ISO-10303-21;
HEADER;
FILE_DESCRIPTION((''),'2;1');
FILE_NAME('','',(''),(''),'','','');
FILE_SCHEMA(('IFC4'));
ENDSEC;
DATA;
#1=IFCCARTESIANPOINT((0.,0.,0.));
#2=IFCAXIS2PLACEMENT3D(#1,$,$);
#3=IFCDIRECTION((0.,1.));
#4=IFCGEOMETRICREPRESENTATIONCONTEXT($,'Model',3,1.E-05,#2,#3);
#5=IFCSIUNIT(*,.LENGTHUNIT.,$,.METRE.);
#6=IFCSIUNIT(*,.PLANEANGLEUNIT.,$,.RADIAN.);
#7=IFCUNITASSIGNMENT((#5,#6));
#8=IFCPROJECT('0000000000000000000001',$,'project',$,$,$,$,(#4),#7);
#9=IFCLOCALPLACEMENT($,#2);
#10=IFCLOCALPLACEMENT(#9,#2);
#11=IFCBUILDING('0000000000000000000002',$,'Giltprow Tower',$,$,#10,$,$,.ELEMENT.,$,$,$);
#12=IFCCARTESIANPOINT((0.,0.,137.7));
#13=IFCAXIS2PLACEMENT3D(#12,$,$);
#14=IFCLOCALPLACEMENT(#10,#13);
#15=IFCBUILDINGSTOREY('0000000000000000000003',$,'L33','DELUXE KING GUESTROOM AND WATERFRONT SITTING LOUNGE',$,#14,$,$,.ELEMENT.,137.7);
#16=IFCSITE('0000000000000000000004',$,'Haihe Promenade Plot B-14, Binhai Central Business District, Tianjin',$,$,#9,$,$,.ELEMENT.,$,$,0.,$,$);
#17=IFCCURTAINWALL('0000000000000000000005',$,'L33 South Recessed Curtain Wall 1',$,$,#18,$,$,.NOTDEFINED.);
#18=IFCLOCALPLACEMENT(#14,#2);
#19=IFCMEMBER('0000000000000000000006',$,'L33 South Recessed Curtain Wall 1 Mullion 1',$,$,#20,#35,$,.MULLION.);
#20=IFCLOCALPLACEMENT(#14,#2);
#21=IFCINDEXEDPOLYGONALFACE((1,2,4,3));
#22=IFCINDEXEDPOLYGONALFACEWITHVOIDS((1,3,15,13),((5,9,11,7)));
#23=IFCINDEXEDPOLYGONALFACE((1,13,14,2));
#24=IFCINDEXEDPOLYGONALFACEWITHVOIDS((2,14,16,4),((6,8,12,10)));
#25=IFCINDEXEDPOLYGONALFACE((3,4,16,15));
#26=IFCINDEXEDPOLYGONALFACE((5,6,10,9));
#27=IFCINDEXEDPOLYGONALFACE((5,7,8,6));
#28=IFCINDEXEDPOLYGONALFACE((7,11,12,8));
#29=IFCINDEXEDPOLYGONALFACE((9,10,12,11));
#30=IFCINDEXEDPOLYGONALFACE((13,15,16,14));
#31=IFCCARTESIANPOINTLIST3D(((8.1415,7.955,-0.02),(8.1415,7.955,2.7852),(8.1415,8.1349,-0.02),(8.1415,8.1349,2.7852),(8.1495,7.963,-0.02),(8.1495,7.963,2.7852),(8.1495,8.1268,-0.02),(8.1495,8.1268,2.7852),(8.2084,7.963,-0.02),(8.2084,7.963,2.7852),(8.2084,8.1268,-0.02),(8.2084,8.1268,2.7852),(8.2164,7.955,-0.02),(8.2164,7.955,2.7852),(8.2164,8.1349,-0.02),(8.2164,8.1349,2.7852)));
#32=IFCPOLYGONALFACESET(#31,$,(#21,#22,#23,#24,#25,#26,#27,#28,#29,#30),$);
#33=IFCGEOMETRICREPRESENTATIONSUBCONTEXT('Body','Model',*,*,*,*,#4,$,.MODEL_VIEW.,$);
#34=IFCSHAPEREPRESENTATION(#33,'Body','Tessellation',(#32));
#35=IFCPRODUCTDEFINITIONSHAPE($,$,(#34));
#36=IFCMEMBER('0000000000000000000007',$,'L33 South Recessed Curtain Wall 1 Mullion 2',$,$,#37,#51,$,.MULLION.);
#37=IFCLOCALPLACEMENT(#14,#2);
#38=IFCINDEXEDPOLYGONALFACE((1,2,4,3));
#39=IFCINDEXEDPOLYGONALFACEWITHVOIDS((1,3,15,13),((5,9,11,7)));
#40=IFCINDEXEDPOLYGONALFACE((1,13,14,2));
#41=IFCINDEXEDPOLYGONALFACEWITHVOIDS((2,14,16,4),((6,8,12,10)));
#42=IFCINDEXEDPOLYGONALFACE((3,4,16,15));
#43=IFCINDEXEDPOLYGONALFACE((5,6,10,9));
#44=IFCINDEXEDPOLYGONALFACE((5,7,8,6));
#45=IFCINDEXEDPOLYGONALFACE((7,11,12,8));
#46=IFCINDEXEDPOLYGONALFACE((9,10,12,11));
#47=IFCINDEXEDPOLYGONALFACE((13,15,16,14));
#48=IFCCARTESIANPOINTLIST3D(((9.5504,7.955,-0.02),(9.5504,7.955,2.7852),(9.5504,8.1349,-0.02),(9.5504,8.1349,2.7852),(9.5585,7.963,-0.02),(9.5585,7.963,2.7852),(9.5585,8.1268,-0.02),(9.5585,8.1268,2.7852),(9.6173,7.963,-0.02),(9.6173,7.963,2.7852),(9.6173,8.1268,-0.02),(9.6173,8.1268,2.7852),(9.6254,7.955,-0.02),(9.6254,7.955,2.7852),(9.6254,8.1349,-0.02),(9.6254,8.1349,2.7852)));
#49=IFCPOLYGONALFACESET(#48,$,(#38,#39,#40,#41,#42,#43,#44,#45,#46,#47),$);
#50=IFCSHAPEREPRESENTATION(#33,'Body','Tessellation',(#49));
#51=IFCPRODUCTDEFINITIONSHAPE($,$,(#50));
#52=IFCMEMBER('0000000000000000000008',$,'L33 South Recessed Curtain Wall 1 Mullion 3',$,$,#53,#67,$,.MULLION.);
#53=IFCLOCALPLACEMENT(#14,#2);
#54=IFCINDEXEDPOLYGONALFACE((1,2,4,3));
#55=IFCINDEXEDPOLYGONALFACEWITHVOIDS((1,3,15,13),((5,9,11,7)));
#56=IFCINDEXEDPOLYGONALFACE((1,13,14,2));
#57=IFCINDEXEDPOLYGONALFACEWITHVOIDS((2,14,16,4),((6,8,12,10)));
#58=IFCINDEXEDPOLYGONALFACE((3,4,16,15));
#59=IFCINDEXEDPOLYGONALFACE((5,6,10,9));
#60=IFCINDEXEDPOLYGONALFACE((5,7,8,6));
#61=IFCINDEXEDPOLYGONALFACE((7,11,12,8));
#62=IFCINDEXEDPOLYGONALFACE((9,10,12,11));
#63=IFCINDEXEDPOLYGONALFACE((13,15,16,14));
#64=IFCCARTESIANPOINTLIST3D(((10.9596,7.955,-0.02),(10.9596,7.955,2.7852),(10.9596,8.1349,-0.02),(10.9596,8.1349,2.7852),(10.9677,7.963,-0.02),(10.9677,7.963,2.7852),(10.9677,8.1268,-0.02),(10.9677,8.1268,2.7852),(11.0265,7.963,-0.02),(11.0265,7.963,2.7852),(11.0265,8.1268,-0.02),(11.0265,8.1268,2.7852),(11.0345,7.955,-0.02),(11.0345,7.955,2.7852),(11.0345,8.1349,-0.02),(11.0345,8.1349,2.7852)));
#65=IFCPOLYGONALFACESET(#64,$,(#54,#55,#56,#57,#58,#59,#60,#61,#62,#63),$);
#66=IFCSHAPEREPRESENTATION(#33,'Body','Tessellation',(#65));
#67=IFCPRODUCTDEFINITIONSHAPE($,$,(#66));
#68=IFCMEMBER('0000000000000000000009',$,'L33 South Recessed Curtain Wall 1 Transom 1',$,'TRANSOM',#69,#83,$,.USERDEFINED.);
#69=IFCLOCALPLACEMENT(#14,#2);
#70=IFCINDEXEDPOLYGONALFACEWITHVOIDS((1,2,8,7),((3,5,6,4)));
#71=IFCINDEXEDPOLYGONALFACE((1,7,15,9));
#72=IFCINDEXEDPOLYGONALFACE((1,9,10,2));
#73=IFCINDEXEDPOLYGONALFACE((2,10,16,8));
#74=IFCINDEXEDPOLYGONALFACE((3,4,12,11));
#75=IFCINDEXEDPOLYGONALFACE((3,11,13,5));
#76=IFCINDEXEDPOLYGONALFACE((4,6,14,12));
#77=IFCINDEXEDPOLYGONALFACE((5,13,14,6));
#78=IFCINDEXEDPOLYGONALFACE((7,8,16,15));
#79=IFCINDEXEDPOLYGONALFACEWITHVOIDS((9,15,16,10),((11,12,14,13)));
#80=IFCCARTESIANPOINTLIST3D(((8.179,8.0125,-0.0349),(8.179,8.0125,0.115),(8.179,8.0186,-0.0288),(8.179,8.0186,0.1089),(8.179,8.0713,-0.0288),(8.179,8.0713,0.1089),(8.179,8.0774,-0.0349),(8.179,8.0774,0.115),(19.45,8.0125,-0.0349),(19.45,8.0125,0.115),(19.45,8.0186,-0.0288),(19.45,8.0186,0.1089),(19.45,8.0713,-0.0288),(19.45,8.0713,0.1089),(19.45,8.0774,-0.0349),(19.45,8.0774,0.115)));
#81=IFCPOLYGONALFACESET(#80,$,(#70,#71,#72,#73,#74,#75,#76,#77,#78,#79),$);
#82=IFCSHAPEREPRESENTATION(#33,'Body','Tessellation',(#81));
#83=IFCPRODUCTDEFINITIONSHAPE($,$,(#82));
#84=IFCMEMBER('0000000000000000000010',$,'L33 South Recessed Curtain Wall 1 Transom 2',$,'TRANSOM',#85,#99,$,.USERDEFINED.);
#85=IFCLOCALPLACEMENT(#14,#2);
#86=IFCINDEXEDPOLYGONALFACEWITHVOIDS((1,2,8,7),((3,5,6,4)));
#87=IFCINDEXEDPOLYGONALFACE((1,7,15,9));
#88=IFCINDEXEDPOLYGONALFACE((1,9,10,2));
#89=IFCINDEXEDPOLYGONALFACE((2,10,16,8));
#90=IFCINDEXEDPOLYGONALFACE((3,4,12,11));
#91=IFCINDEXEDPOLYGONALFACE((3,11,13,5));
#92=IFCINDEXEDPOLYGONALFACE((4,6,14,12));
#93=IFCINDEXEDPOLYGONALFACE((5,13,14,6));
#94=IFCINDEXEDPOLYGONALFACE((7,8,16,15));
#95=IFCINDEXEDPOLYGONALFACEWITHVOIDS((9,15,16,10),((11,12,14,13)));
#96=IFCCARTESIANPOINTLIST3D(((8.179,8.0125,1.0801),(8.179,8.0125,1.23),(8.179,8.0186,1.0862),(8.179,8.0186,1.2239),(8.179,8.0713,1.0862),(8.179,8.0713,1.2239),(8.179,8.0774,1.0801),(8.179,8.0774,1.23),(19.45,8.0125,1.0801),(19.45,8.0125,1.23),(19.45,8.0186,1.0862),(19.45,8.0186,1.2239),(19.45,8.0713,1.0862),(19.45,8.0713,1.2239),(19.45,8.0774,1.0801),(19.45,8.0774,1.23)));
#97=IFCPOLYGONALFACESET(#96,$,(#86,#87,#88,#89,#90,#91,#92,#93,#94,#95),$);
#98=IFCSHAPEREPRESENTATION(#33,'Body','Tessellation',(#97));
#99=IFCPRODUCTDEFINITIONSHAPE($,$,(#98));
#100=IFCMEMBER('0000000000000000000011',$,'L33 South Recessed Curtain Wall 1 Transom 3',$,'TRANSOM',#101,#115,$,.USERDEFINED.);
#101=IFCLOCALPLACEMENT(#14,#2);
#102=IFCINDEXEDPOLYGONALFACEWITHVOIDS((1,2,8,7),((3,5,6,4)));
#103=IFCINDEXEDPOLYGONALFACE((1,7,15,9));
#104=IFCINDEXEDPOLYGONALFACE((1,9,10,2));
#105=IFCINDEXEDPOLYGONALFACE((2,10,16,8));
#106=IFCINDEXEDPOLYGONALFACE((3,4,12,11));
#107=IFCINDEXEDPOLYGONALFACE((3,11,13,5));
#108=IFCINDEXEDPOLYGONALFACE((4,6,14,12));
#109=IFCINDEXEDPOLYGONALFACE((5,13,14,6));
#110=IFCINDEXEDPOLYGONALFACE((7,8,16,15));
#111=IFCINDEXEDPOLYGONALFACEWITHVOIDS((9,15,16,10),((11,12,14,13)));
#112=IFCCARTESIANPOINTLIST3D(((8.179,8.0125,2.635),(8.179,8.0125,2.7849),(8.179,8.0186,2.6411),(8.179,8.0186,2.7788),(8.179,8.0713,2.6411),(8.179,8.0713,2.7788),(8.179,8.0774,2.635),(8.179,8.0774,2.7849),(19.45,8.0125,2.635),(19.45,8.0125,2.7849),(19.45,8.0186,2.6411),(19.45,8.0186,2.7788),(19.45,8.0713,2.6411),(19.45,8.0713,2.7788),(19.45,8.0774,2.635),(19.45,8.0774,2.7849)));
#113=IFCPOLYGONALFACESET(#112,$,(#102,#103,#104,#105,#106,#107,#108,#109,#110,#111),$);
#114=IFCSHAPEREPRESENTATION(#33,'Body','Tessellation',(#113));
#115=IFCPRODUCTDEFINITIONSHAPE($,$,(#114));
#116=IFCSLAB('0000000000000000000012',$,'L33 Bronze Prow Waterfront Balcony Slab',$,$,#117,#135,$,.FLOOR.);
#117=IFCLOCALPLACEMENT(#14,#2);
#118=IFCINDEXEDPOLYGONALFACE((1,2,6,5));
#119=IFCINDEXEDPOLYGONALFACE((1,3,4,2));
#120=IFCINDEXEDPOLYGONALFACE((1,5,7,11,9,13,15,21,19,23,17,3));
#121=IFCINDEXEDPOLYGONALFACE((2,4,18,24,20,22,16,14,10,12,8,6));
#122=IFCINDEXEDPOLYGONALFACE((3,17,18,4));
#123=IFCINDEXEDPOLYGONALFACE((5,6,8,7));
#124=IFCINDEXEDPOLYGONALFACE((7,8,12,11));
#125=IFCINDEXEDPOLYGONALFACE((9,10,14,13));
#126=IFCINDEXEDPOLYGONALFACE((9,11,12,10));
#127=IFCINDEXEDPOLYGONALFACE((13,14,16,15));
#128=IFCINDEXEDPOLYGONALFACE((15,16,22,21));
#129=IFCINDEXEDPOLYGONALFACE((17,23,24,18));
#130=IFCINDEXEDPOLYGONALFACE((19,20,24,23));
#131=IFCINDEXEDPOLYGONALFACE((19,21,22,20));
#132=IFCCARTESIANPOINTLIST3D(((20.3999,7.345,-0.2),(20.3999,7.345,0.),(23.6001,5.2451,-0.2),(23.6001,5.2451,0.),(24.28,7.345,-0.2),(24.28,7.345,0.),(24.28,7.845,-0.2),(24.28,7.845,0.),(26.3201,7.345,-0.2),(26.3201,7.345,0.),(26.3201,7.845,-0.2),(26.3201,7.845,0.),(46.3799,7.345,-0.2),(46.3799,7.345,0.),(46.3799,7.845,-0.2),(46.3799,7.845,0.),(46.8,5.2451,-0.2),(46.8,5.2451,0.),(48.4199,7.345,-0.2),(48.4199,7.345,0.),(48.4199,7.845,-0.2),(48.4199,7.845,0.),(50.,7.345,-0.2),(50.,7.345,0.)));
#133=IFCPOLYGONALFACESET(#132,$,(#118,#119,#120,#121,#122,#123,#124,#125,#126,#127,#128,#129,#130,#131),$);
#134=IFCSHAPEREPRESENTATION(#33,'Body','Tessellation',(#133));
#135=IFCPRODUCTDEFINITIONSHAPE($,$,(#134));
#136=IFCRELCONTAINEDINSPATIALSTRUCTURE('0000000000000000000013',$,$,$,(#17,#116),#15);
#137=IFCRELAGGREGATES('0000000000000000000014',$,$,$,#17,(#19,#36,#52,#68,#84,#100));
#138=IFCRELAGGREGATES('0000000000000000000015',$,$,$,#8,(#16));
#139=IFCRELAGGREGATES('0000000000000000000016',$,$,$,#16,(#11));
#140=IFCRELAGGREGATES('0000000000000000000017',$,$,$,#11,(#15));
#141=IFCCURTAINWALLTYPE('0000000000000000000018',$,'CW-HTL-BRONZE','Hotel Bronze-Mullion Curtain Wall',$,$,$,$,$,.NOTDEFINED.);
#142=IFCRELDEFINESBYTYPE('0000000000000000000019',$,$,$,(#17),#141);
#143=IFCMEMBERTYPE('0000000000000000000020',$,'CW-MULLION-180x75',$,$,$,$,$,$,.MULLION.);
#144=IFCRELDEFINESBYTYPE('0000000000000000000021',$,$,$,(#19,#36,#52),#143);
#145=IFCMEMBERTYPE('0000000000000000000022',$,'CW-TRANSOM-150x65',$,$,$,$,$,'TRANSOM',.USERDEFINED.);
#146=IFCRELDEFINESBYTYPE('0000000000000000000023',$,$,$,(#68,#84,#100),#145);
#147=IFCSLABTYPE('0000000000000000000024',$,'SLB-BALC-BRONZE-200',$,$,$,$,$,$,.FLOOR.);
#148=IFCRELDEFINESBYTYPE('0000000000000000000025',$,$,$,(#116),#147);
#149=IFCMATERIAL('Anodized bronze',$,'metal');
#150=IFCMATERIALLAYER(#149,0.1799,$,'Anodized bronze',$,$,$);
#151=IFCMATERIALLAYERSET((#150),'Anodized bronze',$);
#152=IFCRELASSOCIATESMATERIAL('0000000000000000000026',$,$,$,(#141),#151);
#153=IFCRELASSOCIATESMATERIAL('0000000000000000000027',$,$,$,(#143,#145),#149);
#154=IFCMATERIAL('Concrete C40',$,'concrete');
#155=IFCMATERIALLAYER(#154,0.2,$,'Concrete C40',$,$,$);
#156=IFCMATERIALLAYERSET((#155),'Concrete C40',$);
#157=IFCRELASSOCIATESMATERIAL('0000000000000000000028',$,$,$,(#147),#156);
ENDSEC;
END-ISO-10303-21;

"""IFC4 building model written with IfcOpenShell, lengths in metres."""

from ifc_helpers import new_model, si_unit, direction, frame, origin, origin_2d, place, context, subcontext, project, spatial, polyline, hollow_rectangle, outline, extrude, source, transform, mapped, material, layer, layer_set, material_profile, profile_set, type_object, element, aggregate, save


model = new_model("IFC4")

# Units and contexts
model_context = context("Model", 3, precision=1e-05, world=origin(), true_north=direction((0.0, 1.0)))
body_context = subcontext(model_context, "Body", "Model", "MODEL_VIEW")
ifc_project = project(units=[si_unit("LENGTHUNIT", "METRE"), si_unit("PLANEANGLEUNIT", "RADIAN")], contexts=[model_context])

# Site, building, storey
site_placement = place(None, origin())
site = spatial("IfcSite", under=ifc_project, at=site_placement, Name="Haihe Promenade Plot B-14, Binhai Central Business District, Tianjin", CompositionType="ELEMENT", RefElevation=0.0)
building_placement = place(site_placement, origin())
building = spatial("IfcBuilding", under=site, at=building_placement, Name="Giltprow Tower", CompositionType="ELEMENT")
storey_placement = place(building_placement, frame((0.0, 0.0, 137.7)))
storey = spatial("IfcBuildingStorey", under=building, at=storey_placement, Name="L33", Description="DELUXE KING GUESTROOM AND WATERFRONT SITTING LOUNGE", CompositionType="ELEMENT", Elevation=137.7)

# Curtain wall, members
ifc_material_1 = material(Name="Anodized bronze", Category="metal")
ifc_layer_1 = layer(ifc_material_1, 0.1799, Name="Anodized bronze")
ifc_layer_set_1 = layer_set([ifc_layer_1], Name="Anodized bronze")
curtain_wall_type = type_object("IfcCurtainWallType", Name="CW-HTL-BRONZE", Description="Hotel Bronze-Mullion Curtain Wall", PredefinedType="NOTDEFINED", material=ifc_layer_set_1)
curtain_wall_placement = place(storey_placement, origin())
curtain_wall = element("IfcCurtainWall", 1, at=curtain_wall_placement, inside=storey, type_object=curtain_wall_type, Name="L33 South Recessed Curtain Wall 1", PredefinedType="NOTDEFINED")
ifc_material_profile_1 = material_profile(ifc_material_1, hollow_rectangle(XDim=0.075, YDim=0.1799, WallThickness=0.0081, at=origin_2d()), Name="RHS 180x75x8")
ifc_profile_set_1 = profile_set([ifc_material_profile_1], Name="Anodized bronze")
member_type_1 = type_object("IfcMemberType", Name="CW-MULLION-180x75", PredefinedType="MULLION", material=ifc_profile_set_1)
shared_shape_1 = source(origin(), body_context, "Body", "SweptSolid", [
    extrude(hollow_rectangle(XDim=0.075, YDim=0.1799, WallThickness=0.0081, at=origin_2d()), origin(), (0.0, 0.0, 1.0), 2.8052),
])
member_1_placement = place(storey_placement, frame((8.179, 8.0449, -0.02), z_axis=(0.0, 0.0, 1.0), x_axis=(1.0, 0.0, 0.0)))
member_1 = element("IfcMember", 2, at=member_1_placement, type_object=member_type_1, Name="L33 South Recessed Curtain Wall 1 Mullion 1", PredefinedType="MULLION", context=body_context, shape_type="MappedRepresentation", body=[
    mapped(shared_shape_1, transform((0.0, 0.0, 0.0), x_axis=(1.0, 0.0, 0.0), y_axis=(0.0, 1.0, 0.0), z_axis=(0.0, 0.0, 1.0), scale=1.0)),
])
member_2_placement = place(storey_placement, frame((9.5879, 8.0449, -0.02), z_axis=(0.0, 0.0, 1.0), x_axis=(1.0, 0.0, 0.0)))
member_2 = element("IfcMember", 3, at=member_2_placement, type_object=member_type_1, Name="L33 South Recessed Curtain Wall 1 Mullion 2", PredefinedType="MULLION", context=body_context, shape_type="MappedRepresentation", body=[
    mapped(shared_shape_1, transform((0.0, 0.0, 0.0), x_axis=(1.0, 0.0, 0.0), y_axis=(0.0, 1.0, 0.0), z_axis=(0.0, 0.0, 1.0), scale=1.0)),
])
member_3_placement = place(storey_placement, frame((10.9971, 8.0449, -0.02), z_axis=(0.0, 0.0, 1.0), x_axis=(1.0, 0.0, 0.0)))
member_3 = element("IfcMember", 4, at=member_3_placement, type_object=member_type_1, Name="L33 South Recessed Curtain Wall 1 Mullion 3", PredefinedType="MULLION", context=body_context, shape_type="MappedRepresentation", body=[
    mapped(shared_shape_1, transform((0.0, 0.0, 0.0), x_axis=(1.0, 0.0, 0.0), y_axis=(0.0, 1.0, 0.0), z_axis=(0.0, 0.0, 1.0), scale=1.0)),
])
ifc_material_profile_2 = material_profile(ifc_material_1, hollow_rectangle(XDim=0.0649, YDim=0.1499, WallThickness=0.0061, at=origin_2d()), Name="RHS 150x65x6")
ifc_profile_set_2 = profile_set([ifc_material_profile_2], Name="Anodized bronze")
member_type_2 = type_object("IfcMemberType", Name="CW-TRANSOM-150x65", ElementType="TRANSOM", PredefinedType="USERDEFINED", material=ifc_profile_set_2)
shared_shape_2 = source(origin(), body_context, "Body", "SweptSolid", [
    extrude(hollow_rectangle(XDim=0.0649, YDim=0.1499, WallThickness=0.0061, at=origin_2d()), origin(), (0.0, 0.0, 1.0), 11.271),
])
member_4_placement = place(storey_placement, frame((8.179, 8.0449, 0.04), z_axis=(1.0, 0.0, 0.0), x_axis=(0.0, 1.0, 0.0)))
member_4 = element("IfcMember", 5, at=member_4_placement, type_object=member_type_2, Name="L33 South Recessed Curtain Wall 1 Transom 1", ObjectType="TRANSOM", PredefinedType="USERDEFINED", context=body_context, shape_type="MappedRepresentation", body=[
    mapped(shared_shape_2, transform((0.0, 0.0, 0.0), x_axis=(1.0, 0.0, 0.0), y_axis=(0.0, 1.0, 0.0), z_axis=(0.0, 0.0, 1.0), scale=1.0)),
])
member_5_placement = place(storey_placement, frame((8.179, 8.0449, 1.155), z_axis=(1.0, 0.0, 0.0), x_axis=(0.0, 1.0, 0.0)))
member_5 = element("IfcMember", 6, at=member_5_placement, type_object=member_type_2, Name="L33 South Recessed Curtain Wall 1 Transom 2", ObjectType="TRANSOM", PredefinedType="USERDEFINED", context=body_context, shape_type="MappedRepresentation", body=[
    mapped(shared_shape_2, transform((0.0, 0.0, 0.0), x_axis=(1.0, 0.0, 0.0), y_axis=(0.0, 1.0, 0.0), z_axis=(0.0, 0.0, 1.0), scale=1.0)),
])
member_6_placement = place(storey_placement, frame((8.179, 8.0449, 2.71), z_axis=(1.0, 0.0, 0.0), x_axis=(0.0, 1.0, 0.0)))
member_6 = element("IfcMember", 7, at=member_6_placement, type_object=member_type_2, Name="L33 South Recessed Curtain Wall 1 Transom 3", ObjectType="TRANSOM", PredefinedType="USERDEFINED", context=body_context, shape_type="MappedRepresentation", body=[
    mapped(shared_shape_2, transform((0.0, 0.0, 0.0), x_axis=(1.0, 0.0, 0.0), y_axis=(0.0, 1.0, 0.0), z_axis=(0.0, 0.0, 1.0), scale=1.0)),
])

# Slab
ifc_material_2 = material(Name="Concrete C40", Category="concrete")
ifc_layer_2 = layer(ifc_material_2, 0.2, Name="Concrete C40")
ifc_layer_set_2 = layer_set([ifc_layer_2], Name="Concrete C40")
slab_type_1 = type_object("IfcSlabType", Name="SLB-BALC-BRONZE-200", PredefinedType="FLOOR", material=ifc_layer_set_2)
slab_1_placement = place(storey_placement, frame((0.0, 0.0, -0.2)))
element("IfcSlab", 8, at=slab_1_placement, inside=storey, type_object=slab_type_1, Name="L33 Bronze Prow Waterfront Balcony Slab", PredefinedType="FLOOR", context=body_context, shape_type="SweptSolid", body=[
    extrude(outline(polyline([(50.0, 7.345), (46.8, 5.2451), (23.6001, 5.2451), (20.3999, 7.345), (24.28, 7.345), (24.28, 7.845), (26.3201, 7.845), (26.3201, 7.345), (46.3799, 7.345), (46.3799, 7.845), (48.4199, 7.845), (48.4199, 7.345), (50.0, 7.345)])), origin(), (0.0, 0.0, 1.0), 0.2),
])

aggregate(curtain_wall, [member_1, member_2, member_3, member_4, member_5, member_6])

save(model, "model.ifc")
